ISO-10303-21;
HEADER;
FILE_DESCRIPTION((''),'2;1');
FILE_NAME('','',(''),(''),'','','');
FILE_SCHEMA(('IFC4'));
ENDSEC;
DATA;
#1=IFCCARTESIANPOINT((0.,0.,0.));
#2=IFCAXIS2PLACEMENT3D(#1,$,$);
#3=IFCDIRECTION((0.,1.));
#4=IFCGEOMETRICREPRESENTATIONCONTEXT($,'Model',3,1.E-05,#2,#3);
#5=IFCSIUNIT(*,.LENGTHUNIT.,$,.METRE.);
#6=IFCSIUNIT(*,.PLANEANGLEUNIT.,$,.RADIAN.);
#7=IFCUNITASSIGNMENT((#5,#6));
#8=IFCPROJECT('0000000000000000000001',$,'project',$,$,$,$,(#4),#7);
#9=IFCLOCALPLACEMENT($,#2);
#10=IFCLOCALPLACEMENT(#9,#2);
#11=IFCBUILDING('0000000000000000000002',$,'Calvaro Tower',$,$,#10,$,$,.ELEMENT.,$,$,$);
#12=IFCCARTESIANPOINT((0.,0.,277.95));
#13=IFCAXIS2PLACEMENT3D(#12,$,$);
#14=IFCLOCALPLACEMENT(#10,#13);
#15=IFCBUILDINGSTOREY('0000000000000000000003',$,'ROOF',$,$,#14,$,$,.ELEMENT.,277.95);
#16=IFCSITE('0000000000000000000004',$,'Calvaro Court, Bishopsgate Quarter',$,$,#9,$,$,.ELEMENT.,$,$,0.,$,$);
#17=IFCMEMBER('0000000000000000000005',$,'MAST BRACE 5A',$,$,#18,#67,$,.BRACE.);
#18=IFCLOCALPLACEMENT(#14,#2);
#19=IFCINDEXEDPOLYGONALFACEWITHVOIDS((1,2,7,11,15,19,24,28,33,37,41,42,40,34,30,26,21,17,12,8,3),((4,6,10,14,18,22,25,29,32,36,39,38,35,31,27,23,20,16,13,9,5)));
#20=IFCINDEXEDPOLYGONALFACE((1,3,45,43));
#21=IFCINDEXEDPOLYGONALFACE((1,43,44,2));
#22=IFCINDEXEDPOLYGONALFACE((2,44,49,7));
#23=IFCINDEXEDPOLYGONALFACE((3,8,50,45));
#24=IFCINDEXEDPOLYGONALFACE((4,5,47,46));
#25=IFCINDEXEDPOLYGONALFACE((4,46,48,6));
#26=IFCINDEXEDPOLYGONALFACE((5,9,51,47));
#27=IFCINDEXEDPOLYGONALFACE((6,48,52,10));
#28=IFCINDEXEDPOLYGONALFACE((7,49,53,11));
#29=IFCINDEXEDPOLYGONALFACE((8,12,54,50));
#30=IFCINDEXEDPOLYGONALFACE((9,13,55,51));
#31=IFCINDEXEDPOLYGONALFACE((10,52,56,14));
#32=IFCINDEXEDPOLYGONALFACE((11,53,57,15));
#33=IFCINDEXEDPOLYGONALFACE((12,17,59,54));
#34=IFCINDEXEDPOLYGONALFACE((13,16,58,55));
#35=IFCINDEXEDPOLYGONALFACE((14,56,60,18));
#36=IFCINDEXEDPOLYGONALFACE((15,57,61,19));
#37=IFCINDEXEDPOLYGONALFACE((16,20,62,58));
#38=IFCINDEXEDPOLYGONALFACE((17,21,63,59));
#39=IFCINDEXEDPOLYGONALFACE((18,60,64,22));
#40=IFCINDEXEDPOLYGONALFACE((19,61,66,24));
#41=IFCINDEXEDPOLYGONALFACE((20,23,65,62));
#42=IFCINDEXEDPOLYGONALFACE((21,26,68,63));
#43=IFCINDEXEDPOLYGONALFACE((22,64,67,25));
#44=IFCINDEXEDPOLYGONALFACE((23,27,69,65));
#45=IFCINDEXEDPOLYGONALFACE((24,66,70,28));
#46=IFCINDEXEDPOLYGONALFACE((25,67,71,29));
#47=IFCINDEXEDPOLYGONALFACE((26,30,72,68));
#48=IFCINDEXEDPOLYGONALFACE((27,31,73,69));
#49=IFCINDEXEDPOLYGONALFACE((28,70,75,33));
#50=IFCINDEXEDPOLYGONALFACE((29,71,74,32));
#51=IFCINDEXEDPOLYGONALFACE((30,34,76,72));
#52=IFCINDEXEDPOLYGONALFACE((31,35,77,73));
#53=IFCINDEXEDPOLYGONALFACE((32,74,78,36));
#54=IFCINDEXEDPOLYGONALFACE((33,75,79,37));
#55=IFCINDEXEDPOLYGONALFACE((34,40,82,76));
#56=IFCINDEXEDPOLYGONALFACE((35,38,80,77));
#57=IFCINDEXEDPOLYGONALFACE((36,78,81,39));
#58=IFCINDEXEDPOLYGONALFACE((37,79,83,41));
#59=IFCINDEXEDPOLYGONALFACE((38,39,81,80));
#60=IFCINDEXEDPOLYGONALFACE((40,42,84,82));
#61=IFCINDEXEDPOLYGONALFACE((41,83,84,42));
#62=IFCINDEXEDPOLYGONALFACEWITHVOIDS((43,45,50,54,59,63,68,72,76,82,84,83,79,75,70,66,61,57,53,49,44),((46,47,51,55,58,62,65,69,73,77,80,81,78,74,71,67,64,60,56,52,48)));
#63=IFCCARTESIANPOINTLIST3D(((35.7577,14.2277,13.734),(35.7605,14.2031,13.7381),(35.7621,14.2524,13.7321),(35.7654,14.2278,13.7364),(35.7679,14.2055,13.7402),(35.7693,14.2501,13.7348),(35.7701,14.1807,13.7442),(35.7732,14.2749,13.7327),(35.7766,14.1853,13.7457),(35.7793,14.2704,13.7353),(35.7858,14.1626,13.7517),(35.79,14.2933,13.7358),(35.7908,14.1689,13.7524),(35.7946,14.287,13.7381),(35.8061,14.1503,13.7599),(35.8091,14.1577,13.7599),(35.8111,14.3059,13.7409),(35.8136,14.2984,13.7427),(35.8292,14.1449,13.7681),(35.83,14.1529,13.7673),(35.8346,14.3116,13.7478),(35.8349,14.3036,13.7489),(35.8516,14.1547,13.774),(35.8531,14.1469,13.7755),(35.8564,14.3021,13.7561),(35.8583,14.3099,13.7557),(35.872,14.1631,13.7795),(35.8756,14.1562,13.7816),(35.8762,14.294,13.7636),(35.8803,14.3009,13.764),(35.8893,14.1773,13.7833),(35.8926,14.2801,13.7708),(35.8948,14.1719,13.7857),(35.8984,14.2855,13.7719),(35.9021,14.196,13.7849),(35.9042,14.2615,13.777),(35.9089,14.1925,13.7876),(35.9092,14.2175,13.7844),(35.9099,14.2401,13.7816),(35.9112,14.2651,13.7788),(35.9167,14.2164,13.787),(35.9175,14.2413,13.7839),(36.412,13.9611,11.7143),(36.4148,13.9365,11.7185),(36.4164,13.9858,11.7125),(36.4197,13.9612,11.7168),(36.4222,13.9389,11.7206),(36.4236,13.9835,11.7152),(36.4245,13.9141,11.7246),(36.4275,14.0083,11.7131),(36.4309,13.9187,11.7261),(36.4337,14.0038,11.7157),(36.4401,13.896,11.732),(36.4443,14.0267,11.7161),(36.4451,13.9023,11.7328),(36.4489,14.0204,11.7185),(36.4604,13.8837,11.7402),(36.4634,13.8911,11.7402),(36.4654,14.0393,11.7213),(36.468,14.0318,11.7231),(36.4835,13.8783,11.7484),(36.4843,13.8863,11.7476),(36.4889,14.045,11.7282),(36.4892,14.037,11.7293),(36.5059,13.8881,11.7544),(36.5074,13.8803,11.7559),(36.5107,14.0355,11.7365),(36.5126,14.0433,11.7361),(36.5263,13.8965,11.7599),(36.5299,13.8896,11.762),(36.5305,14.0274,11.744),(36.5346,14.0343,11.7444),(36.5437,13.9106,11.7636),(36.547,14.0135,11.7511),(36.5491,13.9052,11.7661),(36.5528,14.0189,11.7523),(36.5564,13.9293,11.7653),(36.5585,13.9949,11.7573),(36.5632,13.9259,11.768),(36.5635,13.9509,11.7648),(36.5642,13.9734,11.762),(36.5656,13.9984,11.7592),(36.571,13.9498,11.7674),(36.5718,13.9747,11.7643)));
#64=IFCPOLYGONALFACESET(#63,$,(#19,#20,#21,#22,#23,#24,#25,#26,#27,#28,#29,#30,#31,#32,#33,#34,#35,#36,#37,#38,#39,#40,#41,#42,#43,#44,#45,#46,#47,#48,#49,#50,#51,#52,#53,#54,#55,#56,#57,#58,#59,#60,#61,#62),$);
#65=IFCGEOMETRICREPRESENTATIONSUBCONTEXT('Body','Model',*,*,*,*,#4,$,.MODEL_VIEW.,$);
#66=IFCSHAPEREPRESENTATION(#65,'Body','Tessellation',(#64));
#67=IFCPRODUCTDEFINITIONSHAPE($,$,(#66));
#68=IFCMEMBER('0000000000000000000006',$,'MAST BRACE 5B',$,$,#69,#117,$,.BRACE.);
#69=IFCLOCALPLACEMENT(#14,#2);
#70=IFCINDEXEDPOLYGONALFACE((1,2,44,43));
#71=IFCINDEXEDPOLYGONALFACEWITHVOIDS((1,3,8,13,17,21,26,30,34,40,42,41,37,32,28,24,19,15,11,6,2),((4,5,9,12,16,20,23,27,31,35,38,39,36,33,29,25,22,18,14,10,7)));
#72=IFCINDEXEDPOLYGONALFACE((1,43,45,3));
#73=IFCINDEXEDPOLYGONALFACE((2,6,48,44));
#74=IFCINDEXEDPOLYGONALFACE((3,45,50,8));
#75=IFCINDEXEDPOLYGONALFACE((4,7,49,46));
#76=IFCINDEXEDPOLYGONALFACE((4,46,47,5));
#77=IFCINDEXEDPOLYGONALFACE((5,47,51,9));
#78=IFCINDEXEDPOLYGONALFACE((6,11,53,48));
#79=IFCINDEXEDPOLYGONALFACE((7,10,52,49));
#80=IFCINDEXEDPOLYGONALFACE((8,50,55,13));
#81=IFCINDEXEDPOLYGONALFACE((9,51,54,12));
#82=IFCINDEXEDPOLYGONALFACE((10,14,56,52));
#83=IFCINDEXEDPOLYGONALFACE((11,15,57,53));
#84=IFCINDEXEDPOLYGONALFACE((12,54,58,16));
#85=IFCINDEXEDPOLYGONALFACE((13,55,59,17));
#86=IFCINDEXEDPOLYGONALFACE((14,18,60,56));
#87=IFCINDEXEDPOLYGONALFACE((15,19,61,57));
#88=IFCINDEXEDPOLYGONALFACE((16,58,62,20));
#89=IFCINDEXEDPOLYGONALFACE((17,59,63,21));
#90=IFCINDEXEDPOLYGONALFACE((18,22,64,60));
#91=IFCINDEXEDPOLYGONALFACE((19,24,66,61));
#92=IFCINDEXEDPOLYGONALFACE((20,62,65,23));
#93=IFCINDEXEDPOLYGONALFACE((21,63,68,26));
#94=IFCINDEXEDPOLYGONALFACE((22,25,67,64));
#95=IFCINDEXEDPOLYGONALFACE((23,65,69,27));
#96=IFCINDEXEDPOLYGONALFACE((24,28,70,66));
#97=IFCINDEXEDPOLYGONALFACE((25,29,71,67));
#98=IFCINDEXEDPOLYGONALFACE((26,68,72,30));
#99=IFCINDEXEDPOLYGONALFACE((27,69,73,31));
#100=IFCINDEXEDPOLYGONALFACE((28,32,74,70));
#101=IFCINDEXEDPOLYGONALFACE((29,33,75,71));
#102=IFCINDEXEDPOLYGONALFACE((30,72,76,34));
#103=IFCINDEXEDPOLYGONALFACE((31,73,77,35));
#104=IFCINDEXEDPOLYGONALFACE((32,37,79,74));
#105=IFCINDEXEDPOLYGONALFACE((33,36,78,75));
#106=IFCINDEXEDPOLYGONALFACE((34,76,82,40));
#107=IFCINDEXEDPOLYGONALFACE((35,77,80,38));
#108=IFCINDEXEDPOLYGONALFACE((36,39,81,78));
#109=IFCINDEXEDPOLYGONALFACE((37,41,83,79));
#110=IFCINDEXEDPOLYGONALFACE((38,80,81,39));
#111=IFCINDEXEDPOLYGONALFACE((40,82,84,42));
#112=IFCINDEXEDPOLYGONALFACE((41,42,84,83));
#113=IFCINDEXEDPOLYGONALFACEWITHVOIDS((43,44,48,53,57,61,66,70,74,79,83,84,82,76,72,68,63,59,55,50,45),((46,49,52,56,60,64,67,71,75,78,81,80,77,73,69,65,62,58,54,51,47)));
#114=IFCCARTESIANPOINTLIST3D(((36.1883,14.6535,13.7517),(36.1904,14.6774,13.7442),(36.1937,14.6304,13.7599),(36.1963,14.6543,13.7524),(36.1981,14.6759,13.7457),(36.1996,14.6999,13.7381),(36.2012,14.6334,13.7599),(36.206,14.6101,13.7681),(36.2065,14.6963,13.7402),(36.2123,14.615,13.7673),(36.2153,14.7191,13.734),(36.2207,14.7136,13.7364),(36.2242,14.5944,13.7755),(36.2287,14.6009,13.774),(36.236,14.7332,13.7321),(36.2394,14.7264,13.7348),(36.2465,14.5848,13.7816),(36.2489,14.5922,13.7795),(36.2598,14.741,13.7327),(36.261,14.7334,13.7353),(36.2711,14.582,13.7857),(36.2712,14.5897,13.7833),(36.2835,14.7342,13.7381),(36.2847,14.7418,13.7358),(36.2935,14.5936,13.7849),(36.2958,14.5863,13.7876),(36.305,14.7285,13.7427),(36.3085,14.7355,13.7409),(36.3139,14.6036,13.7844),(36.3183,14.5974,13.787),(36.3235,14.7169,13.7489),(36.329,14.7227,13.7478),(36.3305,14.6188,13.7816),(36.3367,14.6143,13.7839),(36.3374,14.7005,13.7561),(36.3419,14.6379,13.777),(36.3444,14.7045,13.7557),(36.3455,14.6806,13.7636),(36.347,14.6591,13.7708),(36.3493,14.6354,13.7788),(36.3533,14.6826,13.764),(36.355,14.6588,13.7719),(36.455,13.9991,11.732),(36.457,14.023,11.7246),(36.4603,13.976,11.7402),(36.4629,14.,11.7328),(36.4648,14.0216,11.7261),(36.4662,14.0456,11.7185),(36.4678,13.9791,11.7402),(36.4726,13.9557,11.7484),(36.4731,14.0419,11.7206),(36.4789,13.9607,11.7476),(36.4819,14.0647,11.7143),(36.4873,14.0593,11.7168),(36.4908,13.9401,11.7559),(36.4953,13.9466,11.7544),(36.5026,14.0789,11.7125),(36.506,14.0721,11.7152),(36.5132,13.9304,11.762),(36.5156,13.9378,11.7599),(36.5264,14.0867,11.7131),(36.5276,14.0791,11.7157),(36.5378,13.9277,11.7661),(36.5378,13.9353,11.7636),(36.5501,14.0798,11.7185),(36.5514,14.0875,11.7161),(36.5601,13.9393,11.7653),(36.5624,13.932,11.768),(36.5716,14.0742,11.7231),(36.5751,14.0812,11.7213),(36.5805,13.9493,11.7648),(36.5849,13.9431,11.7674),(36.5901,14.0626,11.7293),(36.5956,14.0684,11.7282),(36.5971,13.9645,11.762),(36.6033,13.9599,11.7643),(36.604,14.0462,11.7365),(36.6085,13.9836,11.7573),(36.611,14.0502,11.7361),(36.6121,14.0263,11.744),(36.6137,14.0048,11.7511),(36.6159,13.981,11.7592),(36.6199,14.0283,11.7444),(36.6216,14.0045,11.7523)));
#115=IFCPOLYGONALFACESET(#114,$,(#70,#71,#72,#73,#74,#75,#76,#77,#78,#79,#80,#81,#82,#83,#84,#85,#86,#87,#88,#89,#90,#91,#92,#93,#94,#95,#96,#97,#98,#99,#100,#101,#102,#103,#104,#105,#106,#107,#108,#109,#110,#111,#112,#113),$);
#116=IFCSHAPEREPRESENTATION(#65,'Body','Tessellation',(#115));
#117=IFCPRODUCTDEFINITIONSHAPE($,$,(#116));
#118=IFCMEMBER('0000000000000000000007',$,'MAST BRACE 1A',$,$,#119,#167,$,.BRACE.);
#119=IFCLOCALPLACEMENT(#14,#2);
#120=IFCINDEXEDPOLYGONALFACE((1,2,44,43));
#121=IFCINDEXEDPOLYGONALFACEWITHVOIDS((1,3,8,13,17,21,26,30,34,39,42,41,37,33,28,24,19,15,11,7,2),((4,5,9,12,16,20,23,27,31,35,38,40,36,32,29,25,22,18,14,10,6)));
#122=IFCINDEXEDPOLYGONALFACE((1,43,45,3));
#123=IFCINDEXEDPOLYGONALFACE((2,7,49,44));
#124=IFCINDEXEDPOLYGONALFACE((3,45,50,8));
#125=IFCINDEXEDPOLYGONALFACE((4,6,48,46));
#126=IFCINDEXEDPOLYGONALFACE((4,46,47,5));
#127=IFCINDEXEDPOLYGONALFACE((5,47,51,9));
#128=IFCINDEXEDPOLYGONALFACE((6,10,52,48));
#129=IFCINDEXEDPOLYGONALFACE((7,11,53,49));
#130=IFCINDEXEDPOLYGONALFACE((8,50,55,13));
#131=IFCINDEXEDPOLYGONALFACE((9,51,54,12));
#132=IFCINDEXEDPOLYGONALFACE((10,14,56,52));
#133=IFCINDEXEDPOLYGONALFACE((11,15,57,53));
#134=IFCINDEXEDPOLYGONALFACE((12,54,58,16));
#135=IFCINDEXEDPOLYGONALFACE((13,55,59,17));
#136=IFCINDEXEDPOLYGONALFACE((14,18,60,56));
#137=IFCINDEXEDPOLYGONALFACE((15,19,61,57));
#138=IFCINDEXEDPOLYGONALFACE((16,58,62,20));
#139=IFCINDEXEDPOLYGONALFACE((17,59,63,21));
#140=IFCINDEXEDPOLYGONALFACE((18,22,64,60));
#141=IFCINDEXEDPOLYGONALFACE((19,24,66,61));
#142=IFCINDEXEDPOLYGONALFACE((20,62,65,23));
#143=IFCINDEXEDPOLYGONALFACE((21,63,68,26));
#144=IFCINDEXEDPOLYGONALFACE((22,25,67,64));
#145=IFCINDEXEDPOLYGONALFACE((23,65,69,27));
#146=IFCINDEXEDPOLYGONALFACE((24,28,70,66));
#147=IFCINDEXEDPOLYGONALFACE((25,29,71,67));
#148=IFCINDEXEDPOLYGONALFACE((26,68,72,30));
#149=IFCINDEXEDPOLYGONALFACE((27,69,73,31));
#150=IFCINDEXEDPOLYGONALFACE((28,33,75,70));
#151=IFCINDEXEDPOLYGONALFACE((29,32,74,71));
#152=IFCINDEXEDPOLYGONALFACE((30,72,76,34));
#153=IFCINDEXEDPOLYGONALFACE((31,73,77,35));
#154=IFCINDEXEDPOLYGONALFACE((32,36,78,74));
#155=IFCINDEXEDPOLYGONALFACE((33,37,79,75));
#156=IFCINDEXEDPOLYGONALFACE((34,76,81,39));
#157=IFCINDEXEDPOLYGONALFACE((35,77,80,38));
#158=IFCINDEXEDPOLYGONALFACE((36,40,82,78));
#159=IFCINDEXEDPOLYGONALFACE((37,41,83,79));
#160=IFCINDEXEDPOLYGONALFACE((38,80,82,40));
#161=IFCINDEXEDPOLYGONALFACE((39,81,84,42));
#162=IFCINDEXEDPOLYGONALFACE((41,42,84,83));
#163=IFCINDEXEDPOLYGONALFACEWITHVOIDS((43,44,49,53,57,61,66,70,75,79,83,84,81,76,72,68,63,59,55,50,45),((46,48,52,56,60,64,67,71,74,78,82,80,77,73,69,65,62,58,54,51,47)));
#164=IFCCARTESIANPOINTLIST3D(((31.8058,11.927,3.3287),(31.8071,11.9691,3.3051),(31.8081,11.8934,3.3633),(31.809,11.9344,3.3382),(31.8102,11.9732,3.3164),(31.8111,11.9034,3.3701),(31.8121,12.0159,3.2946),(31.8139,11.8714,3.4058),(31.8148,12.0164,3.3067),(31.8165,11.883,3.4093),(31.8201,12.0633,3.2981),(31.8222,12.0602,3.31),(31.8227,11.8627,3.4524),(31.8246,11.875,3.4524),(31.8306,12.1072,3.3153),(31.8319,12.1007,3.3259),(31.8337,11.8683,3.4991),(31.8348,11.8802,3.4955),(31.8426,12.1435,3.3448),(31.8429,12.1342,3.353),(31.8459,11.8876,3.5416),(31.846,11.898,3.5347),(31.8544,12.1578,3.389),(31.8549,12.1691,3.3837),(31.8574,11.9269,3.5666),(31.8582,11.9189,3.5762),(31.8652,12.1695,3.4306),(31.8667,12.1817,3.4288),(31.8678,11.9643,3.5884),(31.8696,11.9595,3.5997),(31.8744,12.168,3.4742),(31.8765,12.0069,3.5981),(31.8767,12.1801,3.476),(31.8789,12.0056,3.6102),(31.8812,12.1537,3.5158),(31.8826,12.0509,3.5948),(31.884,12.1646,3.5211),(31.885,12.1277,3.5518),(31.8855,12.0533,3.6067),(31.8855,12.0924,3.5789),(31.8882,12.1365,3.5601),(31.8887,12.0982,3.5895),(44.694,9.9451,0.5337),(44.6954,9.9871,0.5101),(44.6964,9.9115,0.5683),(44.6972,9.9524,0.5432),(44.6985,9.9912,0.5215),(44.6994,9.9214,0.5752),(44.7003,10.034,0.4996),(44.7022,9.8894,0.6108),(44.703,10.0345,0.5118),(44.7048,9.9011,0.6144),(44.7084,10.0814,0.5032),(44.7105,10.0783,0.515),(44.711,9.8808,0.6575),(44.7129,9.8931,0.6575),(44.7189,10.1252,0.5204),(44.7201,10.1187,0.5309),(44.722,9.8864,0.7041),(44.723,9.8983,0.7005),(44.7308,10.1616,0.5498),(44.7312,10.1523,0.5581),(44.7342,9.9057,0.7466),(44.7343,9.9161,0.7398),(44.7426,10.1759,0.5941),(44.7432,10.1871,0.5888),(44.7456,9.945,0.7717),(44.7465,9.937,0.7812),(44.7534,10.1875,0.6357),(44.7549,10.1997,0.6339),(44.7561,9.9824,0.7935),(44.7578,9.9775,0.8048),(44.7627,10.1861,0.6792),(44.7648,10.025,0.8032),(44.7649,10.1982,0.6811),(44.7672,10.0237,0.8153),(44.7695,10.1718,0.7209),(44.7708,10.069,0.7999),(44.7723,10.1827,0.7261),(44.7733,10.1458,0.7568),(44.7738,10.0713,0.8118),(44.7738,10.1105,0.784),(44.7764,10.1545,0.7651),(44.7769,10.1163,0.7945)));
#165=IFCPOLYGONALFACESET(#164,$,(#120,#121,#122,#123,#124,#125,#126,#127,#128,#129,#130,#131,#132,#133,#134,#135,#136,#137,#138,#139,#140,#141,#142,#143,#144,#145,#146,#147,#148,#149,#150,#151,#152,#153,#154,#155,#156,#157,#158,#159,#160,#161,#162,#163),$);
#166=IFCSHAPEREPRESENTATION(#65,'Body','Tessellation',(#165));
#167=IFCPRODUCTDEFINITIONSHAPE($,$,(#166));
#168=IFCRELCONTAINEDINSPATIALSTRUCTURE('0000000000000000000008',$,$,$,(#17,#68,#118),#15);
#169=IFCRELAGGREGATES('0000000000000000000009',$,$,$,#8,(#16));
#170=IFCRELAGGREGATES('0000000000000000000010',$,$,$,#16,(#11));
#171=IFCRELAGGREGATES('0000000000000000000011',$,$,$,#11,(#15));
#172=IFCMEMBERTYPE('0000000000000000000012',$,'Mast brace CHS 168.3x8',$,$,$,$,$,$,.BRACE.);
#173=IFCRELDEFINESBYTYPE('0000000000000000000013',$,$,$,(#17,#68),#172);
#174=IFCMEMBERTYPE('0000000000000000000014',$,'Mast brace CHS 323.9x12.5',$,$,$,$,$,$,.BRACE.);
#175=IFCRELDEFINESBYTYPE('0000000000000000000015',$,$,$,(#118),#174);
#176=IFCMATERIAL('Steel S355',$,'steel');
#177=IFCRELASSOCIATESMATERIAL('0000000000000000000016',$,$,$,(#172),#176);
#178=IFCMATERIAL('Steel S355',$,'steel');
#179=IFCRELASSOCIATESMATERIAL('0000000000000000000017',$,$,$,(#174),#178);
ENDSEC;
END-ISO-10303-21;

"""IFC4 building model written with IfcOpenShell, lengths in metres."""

from ifc_helpers import new_model, si_unit, direction, frame, origin, origin_2d, place, context, subcontext, project, spatial, hollow_circle, extrude, material, material_profile, profile_set, type_object, element, save


model = new_model("IFC4")

# Units and contexts
model_context = context("Model", 3, precision=1e-05, world=origin(), true_north=direction((0.0, 1.0)))
body_context = subcontext(model_context, "Body", "Model", "MODEL_VIEW")
ifc_project = project(units=[si_unit("LENGTHUNIT", "METRE"), si_unit("PLANEANGLEUNIT", "RADIAN")], contexts=[model_context])

# Site, building, storey
site_placement = place(None, origin())
site = spatial("IfcSite", under=ifc_project, at=site_placement, Name="Calvaro Court, Bishopsgate Quarter", CompositionType="ELEMENT", RefElevation=0.0)
building_placement = place(site_placement, origin())
building = spatial("IfcBuilding", under=site, at=building_placement, Name="Calvaro Tower", CompositionType="ELEMENT")
storey_placement = place(building_placement, frame((0.0, 0.0, 277.95)))
storey = spatial("IfcBuildingStorey", under=building, at=storey_placement, Name="ROOF", CompositionType="ELEMENT", Elevation=277.95)

# Members
ifc_material_1 = material(Name="Steel S355", Category="steel")
ifc_material_profile_1 = material_profile(ifc_material_1, hollow_circle(Radius=0.0842, WallThickness=0.0081, at=origin_2d()), Name="CHS 168.3x8")
ifc_profile_set_1 = profile_set([ifc_material_profile_1], Name="Steel S355")
member_type_1 = type_object("IfcMemberType", Name="Mast brace CHS 168.3x8", PredefinedType="BRACE", material=ifc_profile_set_1)
for number, where, z_axis, x_axis, name in (
    (1, (36.4922, 13.9617, 11.7402), (-0.30581, 0.124606, 0.943903), (-0.377341, -0.926074, 0.0), "MAST BRACE 5A"),
    (2, (36.5383, 14.0078, 11.7402), (-0.124606, 0.30581, 0.943903), (-0.926074, -0.377341, 0.0), "MAST BRACE 5B"),
):
    element("IfcMember", number, at=place(storey_placement, frame(where, z_axis=z_axis, x_axis=x_axis)), inside=storey, type_object=member_type_1, Name=name, PredefinedType="BRACE", context=body_context, shape_type="SweptSolid", body=[
        extrude(hollow_circle(Radius=0.0842, WallThickness=0.0081, at=origin_2d()), origin(), (0.0, 0.0, 1.0), 2.1396),
    ])
ifc_material_2 = material(Name="Steel S355", Category="steel")
ifc_material_profile_2 = material_profile(ifc_material_2, hollow_circle(Radius=0.1619, WallThickness=0.0125, at=origin_2d()), Name="CHS 323.9x12.5")
ifc_profile_set_2 = profile_set([ifc_material_profile_2], Name="Steel S355")
member_type_2 = type_object("IfcMemberType", Name="Mast brace CHS 323.9x12.5", PredefinedType="BRACE", material=ifc_profile_set_2)
member_1_placement = place(storey_placement, frame((44.7356, 10.0408, 0.6575), z_axis=(-0.966431, 0.148617, 0.20958), x_axis=(-0.151992, -0.988382, 0.0)))
element("IfcMember", 3, at=member_1_placement, inside=storey, type_object=member_type_2, Name="MAST BRACE 1A", PredefinedType="BRACE", context=body_context, shape_type="SweptSolid", body=[
    extrude(hollow_circle(Radius=0.1619, WallThickness=0.0125, at=origin_2d()), origin(), (0.0, 0.0, 1.0), 13.3359),
])

save(model, "model.ifc")
